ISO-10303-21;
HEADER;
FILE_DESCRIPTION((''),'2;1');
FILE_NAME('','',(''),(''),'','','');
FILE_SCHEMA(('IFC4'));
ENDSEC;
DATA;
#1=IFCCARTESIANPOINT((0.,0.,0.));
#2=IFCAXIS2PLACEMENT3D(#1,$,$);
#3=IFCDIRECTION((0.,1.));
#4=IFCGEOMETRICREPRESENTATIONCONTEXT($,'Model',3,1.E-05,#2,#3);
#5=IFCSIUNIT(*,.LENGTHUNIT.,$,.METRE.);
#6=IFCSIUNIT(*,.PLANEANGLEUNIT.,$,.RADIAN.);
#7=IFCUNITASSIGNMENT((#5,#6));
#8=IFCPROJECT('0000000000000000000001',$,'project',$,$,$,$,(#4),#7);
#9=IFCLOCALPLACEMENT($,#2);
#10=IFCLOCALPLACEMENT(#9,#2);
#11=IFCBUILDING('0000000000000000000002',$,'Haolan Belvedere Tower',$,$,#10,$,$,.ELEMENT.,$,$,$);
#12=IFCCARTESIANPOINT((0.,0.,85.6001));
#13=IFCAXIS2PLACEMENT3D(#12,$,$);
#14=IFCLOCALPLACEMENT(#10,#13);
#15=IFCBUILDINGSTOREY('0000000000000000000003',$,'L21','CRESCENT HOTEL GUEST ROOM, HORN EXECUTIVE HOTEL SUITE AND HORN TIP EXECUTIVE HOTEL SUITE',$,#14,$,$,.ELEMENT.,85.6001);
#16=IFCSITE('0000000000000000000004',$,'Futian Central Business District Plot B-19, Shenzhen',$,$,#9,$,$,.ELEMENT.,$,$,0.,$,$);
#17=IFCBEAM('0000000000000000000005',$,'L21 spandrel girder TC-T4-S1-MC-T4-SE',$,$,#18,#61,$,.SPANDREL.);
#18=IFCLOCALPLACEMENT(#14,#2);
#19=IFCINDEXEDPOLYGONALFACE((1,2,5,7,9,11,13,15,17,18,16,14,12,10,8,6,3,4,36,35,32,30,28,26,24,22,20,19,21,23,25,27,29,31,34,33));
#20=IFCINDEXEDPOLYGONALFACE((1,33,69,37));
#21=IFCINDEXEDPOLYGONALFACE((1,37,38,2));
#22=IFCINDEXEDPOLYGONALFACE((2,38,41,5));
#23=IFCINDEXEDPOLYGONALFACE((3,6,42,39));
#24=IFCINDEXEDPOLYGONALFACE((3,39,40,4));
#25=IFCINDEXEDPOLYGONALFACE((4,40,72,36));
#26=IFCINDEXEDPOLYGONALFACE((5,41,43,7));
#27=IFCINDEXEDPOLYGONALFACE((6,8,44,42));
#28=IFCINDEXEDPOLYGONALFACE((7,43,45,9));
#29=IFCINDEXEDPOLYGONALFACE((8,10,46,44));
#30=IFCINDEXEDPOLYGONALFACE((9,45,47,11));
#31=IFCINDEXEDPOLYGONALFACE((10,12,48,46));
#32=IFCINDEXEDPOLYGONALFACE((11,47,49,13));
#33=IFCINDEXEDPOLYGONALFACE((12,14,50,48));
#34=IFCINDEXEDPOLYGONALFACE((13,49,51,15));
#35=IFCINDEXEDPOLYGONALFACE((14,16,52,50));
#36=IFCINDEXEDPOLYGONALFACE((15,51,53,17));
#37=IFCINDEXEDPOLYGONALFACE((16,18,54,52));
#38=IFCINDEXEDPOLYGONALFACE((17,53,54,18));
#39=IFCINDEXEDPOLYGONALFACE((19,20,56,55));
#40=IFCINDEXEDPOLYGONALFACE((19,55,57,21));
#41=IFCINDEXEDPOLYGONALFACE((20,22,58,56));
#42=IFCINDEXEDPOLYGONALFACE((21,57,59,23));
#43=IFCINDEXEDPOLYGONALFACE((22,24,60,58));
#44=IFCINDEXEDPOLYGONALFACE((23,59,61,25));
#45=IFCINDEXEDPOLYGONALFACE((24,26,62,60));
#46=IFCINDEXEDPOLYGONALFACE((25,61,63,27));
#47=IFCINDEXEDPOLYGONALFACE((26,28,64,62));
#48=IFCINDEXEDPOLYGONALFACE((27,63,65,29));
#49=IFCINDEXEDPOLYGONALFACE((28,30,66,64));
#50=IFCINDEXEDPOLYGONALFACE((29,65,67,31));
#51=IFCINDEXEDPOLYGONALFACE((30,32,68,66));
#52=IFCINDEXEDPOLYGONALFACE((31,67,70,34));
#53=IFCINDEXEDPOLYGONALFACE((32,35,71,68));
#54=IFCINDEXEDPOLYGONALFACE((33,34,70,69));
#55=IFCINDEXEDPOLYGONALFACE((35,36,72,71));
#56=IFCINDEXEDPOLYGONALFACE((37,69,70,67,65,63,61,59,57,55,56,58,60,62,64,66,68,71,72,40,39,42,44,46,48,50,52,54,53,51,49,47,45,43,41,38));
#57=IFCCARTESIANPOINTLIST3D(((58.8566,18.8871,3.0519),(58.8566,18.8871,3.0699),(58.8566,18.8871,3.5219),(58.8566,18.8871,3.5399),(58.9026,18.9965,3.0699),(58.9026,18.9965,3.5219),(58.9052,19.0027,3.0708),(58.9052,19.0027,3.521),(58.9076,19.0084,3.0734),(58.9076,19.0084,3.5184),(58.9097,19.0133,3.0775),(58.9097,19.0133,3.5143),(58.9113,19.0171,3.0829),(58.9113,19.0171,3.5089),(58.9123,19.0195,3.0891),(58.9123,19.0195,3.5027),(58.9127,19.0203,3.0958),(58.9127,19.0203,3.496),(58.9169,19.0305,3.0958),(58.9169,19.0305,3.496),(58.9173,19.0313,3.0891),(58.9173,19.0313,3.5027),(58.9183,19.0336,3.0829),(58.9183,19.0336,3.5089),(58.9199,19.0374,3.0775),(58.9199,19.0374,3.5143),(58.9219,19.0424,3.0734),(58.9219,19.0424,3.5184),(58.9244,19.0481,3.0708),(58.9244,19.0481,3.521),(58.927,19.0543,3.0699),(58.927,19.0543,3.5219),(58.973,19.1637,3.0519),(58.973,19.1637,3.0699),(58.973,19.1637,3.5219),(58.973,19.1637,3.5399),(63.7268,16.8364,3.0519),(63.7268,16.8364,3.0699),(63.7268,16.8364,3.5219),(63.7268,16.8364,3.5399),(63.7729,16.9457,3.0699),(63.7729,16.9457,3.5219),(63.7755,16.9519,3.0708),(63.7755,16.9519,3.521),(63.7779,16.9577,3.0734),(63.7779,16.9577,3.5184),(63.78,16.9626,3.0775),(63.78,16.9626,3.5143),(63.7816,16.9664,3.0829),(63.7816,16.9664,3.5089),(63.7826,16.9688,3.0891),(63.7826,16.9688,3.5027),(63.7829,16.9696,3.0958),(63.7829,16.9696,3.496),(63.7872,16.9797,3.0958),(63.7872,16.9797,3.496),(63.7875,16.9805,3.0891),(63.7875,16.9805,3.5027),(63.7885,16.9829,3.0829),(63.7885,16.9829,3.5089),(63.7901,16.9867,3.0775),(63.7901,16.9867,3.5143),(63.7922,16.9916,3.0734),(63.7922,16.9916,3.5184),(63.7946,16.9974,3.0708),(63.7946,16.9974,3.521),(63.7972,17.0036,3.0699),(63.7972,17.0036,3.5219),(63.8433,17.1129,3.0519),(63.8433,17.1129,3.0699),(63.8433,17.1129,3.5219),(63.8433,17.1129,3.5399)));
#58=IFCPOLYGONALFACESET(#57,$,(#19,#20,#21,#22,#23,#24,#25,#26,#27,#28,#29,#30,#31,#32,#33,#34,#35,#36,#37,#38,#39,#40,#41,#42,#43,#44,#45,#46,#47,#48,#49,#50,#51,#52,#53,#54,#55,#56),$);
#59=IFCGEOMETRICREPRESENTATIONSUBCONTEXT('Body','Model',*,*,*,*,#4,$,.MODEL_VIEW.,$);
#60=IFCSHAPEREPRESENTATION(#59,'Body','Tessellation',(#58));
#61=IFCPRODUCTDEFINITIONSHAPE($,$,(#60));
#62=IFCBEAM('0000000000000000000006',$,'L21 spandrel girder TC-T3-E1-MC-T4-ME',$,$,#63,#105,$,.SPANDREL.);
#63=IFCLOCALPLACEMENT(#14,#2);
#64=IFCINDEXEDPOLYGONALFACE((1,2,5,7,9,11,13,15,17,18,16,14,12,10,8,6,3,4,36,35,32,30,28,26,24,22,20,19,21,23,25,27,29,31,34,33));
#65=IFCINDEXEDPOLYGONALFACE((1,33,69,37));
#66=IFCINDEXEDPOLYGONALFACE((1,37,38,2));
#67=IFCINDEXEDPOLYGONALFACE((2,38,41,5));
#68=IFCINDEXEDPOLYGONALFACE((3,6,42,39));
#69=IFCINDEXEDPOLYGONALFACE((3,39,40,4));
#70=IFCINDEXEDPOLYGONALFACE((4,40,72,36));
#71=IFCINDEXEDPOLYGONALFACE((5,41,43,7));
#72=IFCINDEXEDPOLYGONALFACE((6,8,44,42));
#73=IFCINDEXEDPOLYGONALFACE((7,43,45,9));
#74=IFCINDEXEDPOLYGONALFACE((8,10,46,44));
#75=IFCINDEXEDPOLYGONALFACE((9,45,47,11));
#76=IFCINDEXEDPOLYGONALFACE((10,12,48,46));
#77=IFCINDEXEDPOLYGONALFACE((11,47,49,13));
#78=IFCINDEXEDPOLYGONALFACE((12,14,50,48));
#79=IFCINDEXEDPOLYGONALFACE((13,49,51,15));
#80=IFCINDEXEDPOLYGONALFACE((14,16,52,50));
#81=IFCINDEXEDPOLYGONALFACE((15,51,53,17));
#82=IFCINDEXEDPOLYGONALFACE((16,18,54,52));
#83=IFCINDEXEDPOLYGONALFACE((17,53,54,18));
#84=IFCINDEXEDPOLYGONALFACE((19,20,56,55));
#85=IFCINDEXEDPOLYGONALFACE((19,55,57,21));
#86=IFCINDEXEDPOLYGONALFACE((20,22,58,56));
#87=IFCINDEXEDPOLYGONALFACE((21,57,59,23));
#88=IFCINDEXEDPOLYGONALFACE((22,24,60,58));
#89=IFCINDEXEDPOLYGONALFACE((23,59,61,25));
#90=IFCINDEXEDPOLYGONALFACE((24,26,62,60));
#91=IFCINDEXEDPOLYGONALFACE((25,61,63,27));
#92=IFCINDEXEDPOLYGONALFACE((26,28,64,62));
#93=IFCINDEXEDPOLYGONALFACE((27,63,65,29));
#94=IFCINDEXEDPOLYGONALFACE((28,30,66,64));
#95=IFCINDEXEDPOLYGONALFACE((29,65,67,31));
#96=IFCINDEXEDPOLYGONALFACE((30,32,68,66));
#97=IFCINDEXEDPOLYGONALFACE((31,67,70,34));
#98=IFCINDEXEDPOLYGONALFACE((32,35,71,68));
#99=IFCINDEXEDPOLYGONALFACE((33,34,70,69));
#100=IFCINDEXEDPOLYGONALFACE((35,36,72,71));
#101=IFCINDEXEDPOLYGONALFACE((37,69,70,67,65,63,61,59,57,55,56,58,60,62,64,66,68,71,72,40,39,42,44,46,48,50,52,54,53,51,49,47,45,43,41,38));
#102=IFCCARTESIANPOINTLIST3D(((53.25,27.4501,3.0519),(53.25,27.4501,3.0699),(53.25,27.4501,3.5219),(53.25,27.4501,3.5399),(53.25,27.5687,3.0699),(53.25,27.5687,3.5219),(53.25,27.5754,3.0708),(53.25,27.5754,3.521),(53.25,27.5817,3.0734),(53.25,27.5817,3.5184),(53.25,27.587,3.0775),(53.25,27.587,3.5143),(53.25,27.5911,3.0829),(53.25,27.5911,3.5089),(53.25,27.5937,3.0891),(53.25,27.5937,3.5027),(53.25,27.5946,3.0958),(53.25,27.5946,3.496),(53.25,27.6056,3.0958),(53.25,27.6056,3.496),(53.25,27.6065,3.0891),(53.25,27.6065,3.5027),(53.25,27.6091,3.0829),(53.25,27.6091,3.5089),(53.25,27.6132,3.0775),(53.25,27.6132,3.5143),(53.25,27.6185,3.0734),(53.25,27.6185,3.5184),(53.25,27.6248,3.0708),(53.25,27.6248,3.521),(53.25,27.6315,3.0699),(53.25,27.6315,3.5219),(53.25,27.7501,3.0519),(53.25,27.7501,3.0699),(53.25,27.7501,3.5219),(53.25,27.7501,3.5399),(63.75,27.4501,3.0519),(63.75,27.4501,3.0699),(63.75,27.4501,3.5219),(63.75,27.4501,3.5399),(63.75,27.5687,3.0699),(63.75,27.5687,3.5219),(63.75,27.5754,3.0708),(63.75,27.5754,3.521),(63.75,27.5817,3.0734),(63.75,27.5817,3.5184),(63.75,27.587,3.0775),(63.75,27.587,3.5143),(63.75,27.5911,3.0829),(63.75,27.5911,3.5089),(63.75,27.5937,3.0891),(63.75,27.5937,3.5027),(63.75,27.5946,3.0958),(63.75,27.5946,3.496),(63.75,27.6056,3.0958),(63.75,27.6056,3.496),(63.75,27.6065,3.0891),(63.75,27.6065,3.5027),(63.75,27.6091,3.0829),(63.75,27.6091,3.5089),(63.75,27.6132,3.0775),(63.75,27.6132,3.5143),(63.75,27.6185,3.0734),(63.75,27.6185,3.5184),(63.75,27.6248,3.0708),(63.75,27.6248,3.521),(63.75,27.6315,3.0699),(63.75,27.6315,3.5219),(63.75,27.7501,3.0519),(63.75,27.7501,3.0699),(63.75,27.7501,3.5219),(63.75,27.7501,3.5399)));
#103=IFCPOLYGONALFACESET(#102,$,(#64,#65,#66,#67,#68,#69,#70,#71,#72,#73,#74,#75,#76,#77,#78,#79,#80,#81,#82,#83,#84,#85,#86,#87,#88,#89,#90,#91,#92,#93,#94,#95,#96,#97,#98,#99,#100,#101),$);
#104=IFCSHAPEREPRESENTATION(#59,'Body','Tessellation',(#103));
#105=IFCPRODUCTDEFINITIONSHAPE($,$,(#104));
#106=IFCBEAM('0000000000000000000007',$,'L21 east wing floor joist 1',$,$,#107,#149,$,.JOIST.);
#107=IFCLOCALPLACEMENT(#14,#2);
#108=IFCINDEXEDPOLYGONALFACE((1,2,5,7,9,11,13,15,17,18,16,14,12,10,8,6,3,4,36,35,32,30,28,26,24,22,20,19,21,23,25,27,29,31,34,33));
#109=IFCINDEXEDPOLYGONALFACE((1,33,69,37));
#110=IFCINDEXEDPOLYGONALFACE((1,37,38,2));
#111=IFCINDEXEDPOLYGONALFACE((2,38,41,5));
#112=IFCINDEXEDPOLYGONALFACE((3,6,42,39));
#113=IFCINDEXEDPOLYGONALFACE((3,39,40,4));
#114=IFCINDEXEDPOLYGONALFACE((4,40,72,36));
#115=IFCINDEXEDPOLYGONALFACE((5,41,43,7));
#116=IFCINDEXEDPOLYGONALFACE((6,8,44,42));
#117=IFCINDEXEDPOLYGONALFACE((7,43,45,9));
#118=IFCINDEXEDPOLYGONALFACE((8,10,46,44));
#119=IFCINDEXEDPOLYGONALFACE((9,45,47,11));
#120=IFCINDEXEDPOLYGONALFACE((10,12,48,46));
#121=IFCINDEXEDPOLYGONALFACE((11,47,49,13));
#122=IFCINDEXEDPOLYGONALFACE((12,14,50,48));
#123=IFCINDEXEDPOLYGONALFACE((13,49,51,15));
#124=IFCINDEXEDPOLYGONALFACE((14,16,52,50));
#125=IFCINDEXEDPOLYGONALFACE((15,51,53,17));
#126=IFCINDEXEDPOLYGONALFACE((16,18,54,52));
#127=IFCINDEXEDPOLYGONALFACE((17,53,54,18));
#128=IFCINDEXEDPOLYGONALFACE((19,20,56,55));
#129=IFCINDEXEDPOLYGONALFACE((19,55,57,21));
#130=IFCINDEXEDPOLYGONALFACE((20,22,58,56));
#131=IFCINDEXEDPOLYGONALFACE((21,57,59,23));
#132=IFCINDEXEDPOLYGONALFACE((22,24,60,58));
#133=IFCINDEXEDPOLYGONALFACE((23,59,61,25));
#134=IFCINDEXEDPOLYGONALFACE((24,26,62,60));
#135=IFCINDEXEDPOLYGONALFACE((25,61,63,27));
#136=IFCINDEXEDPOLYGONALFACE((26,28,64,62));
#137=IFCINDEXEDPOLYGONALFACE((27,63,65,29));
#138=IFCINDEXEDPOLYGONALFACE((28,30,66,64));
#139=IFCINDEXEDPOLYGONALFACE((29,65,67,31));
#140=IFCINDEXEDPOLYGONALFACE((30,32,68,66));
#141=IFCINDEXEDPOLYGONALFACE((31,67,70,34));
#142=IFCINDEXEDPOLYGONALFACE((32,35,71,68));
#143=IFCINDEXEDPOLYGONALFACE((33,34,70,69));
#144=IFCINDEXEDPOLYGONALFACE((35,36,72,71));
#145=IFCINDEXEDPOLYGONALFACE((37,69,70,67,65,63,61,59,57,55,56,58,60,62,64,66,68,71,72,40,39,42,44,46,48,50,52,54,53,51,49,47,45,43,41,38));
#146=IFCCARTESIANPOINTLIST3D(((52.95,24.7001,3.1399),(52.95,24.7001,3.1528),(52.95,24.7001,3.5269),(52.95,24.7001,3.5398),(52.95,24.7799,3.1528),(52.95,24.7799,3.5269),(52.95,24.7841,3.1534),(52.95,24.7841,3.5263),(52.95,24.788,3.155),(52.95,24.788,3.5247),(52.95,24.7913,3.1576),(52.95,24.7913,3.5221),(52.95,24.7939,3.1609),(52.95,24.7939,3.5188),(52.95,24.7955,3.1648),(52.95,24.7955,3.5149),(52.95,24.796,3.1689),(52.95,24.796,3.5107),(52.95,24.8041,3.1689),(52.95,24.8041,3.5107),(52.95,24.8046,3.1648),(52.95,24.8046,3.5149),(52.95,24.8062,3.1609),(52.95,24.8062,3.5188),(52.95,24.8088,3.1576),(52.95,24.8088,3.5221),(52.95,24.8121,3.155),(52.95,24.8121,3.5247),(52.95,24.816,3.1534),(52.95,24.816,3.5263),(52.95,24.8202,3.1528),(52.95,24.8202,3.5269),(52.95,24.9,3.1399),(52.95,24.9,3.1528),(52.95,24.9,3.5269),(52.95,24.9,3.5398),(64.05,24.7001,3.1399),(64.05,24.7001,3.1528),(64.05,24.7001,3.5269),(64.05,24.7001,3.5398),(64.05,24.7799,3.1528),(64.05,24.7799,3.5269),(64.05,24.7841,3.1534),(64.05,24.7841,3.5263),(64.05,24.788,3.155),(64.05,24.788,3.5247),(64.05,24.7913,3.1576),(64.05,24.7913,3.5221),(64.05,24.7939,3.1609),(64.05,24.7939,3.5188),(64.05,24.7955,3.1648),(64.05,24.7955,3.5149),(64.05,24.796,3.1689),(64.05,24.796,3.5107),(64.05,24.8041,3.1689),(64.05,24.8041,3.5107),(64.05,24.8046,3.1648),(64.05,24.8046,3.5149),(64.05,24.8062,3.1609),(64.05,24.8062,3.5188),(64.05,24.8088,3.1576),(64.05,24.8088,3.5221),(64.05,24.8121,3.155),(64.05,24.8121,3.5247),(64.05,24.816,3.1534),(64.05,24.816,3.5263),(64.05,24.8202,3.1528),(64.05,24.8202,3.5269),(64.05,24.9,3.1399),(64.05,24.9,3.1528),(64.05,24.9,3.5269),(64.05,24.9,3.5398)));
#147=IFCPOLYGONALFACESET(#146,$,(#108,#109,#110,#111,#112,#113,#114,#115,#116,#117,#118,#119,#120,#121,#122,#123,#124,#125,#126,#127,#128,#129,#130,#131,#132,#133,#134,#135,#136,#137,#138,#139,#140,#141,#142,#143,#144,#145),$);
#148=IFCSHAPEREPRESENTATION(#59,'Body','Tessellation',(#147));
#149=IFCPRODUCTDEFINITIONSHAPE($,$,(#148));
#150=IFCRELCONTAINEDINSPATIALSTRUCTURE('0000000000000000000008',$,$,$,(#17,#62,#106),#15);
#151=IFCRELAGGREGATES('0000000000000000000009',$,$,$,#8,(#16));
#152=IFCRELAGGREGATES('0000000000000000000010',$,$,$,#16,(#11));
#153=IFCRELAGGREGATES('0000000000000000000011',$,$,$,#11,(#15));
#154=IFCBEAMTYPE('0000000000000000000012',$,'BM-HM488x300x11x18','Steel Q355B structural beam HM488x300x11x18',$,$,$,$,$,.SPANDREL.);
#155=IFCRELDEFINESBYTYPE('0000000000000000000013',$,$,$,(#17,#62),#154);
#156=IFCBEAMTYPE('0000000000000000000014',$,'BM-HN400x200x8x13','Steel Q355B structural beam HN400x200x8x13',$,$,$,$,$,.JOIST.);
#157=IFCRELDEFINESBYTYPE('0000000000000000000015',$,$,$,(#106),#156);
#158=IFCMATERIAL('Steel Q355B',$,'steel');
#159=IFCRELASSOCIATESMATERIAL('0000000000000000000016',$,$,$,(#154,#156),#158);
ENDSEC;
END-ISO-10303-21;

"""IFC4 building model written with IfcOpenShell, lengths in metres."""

from ifc_helpers import new_model, si_unit, direction, frame, origin, origin_2d, place, context, subcontext, project, spatial, i_section, extrude, material, material_profile, profile_set, type_object, element, save


model = new_model("IFC4")

# Units and contexts
model_context = context("Model", 3, precision=1e-05, world=origin(), true_north=direction((0.0, 1.0)))
body_context = subcontext(model_context, "Body", "Model", "MODEL_VIEW")
ifc_project = project(units=[si_unit("LENGTHUNIT", "METRE"), si_unit("PLANEANGLEUNIT", "RADIAN")], contexts=[model_context])

# Site, building, storey
site_placement = place(None, origin())
site = spatial("IfcSite", under=ifc_project, at=site_placement, Name="Futian Central Business District Plot B-19, Shenzhen", CompositionType="ELEMENT", RefElevation=0.0)
building_placement = place(site_placement, origin())
building = spatial("IfcBuilding", under=site, at=building_placement, Name="Haolan Belvedere Tower", CompositionType="ELEMENT")
storey_placement = place(building_placement, frame((0.0, 0.0, 85.6001)))
storey = spatial("IfcBuildingStorey", under=building, at=storey_placement, Name="L21", Description="CRESCENT HOTEL GUEST ROOM, HORN EXECUTIVE HOTEL SUITE AND HORN TIP EXECUTIVE HOTEL SUITE", CompositionType="ELEMENT", Elevation=85.6001)

# Shared definitions
ifc_material_1 = material(Name="Steel Q355B", Category="steel")

# Beams
ifc_material_profile_1 = material_profile(ifc_material_1, i_section(OverallWidth=0.3, OverallDepth=0.488, WebThickness=0.011, FlangeThickness=0.0181, FilletRadius=0.0259, at=origin_2d()), Name="Steel Q355B")
ifc_profile_set_1 = profile_set([ifc_material_profile_1], Name="Steel Q355B")
beam_type_1 = type_object("IfcBeamType", Name="BM-HM488x300x11x18", Description="Steel Q355B structural beam HM488x300x11x18", PredefinedType="SPANDREL", material=ifc_profile_set_1)
for number, where, z_axis, x_axis, name in (
    (1, (58.9148, 19.0254, 3.2959), (0.921628, -0.388074, 0.0), (0.388074, 0.921628, 0.0), "L21 spandrel girder TC-T4-S1-MC-T4-SE"),
):
    element("IfcBeam", number, at=place(storey_placement, frame(where, z_axis=z_axis, x_axis=x_axis)), inside=storey, type_object=beam_type_1, Name=name, PredefinedType="SPANDREL", context=body_context, shape_type="SweptSolid", body=[
        extrude(i_section(OverallWidth=0.3, OverallDepth=0.488, WebThickness=0.011, FlangeThickness=0.0181, FilletRadius=0.0259, at=origin_2d()), origin(), (0.0, 0.0, 1.0), 5.2844),
    ])
beam_1_placement = place(storey_placement, frame((53.25, 27.6001, 3.2959), z_axis=(1.0, 0.0, 0.0), x_axis=(0.0, 1.0, 0.0)))
element("IfcBeam", 2, at=beam_1_placement, inside=storey, type_object=beam_type_1, Name="L21 spandrel girder TC-T3-E1-MC-T4-ME", PredefinedType="SPANDREL", context=body_context, shape_type="SweptSolid", body=[
    extrude(i_section(OverallWidth=0.3, OverallDepth=0.488, WebThickness=0.011, FlangeThickness=0.0181, FilletRadius=0.0259, at=origin_2d()), origin(), (0.0, 0.0, 1.0), 10.5),
])
ifc_material_profile_2 = material_profile(ifc_material_1, i_section(OverallWidth=0.2, OverallDepth=0.3999, WebThickness=0.0081, FlangeThickness=0.0129, FilletRadius=0.0161, at=origin_2d()), Name="Steel Q355B")
ifc_profile_set_2 = profile_set([ifc_material_profile_2], Name="Steel Q355B")
beam_type_2 = type_object("IfcBeamType", Name="BM-HN400x200x8x13", Description="Steel Q355B structural beam HN400x200x8x13", PredefinedType="JOIST", material=ifc_profile_set_2)
beam_2_placement = place(storey_placement, frame((52.95, 24.8, 3.3398), z_axis=(1.0, 0.0, 0.0), x_axis=(0.0, 1.0, 0.0)))
element("IfcBeam", 3, at=beam_2_placement, inside=storey, type_object=beam_type_2, Name="L21 east wing floor joist 1", PredefinedType="JOIST", context=body_context, shape_type="SweptSolid", body=[
    extrude(i_section(OverallWidth=0.2, OverallDepth=0.3999, WebThickness=0.0081, FlangeThickness=0.0129, FilletRadius=0.0161, at=origin_2d()), origin(), (0.0, 0.0, 1.0), 11.1001),
])

save(model, "model.ifc")
